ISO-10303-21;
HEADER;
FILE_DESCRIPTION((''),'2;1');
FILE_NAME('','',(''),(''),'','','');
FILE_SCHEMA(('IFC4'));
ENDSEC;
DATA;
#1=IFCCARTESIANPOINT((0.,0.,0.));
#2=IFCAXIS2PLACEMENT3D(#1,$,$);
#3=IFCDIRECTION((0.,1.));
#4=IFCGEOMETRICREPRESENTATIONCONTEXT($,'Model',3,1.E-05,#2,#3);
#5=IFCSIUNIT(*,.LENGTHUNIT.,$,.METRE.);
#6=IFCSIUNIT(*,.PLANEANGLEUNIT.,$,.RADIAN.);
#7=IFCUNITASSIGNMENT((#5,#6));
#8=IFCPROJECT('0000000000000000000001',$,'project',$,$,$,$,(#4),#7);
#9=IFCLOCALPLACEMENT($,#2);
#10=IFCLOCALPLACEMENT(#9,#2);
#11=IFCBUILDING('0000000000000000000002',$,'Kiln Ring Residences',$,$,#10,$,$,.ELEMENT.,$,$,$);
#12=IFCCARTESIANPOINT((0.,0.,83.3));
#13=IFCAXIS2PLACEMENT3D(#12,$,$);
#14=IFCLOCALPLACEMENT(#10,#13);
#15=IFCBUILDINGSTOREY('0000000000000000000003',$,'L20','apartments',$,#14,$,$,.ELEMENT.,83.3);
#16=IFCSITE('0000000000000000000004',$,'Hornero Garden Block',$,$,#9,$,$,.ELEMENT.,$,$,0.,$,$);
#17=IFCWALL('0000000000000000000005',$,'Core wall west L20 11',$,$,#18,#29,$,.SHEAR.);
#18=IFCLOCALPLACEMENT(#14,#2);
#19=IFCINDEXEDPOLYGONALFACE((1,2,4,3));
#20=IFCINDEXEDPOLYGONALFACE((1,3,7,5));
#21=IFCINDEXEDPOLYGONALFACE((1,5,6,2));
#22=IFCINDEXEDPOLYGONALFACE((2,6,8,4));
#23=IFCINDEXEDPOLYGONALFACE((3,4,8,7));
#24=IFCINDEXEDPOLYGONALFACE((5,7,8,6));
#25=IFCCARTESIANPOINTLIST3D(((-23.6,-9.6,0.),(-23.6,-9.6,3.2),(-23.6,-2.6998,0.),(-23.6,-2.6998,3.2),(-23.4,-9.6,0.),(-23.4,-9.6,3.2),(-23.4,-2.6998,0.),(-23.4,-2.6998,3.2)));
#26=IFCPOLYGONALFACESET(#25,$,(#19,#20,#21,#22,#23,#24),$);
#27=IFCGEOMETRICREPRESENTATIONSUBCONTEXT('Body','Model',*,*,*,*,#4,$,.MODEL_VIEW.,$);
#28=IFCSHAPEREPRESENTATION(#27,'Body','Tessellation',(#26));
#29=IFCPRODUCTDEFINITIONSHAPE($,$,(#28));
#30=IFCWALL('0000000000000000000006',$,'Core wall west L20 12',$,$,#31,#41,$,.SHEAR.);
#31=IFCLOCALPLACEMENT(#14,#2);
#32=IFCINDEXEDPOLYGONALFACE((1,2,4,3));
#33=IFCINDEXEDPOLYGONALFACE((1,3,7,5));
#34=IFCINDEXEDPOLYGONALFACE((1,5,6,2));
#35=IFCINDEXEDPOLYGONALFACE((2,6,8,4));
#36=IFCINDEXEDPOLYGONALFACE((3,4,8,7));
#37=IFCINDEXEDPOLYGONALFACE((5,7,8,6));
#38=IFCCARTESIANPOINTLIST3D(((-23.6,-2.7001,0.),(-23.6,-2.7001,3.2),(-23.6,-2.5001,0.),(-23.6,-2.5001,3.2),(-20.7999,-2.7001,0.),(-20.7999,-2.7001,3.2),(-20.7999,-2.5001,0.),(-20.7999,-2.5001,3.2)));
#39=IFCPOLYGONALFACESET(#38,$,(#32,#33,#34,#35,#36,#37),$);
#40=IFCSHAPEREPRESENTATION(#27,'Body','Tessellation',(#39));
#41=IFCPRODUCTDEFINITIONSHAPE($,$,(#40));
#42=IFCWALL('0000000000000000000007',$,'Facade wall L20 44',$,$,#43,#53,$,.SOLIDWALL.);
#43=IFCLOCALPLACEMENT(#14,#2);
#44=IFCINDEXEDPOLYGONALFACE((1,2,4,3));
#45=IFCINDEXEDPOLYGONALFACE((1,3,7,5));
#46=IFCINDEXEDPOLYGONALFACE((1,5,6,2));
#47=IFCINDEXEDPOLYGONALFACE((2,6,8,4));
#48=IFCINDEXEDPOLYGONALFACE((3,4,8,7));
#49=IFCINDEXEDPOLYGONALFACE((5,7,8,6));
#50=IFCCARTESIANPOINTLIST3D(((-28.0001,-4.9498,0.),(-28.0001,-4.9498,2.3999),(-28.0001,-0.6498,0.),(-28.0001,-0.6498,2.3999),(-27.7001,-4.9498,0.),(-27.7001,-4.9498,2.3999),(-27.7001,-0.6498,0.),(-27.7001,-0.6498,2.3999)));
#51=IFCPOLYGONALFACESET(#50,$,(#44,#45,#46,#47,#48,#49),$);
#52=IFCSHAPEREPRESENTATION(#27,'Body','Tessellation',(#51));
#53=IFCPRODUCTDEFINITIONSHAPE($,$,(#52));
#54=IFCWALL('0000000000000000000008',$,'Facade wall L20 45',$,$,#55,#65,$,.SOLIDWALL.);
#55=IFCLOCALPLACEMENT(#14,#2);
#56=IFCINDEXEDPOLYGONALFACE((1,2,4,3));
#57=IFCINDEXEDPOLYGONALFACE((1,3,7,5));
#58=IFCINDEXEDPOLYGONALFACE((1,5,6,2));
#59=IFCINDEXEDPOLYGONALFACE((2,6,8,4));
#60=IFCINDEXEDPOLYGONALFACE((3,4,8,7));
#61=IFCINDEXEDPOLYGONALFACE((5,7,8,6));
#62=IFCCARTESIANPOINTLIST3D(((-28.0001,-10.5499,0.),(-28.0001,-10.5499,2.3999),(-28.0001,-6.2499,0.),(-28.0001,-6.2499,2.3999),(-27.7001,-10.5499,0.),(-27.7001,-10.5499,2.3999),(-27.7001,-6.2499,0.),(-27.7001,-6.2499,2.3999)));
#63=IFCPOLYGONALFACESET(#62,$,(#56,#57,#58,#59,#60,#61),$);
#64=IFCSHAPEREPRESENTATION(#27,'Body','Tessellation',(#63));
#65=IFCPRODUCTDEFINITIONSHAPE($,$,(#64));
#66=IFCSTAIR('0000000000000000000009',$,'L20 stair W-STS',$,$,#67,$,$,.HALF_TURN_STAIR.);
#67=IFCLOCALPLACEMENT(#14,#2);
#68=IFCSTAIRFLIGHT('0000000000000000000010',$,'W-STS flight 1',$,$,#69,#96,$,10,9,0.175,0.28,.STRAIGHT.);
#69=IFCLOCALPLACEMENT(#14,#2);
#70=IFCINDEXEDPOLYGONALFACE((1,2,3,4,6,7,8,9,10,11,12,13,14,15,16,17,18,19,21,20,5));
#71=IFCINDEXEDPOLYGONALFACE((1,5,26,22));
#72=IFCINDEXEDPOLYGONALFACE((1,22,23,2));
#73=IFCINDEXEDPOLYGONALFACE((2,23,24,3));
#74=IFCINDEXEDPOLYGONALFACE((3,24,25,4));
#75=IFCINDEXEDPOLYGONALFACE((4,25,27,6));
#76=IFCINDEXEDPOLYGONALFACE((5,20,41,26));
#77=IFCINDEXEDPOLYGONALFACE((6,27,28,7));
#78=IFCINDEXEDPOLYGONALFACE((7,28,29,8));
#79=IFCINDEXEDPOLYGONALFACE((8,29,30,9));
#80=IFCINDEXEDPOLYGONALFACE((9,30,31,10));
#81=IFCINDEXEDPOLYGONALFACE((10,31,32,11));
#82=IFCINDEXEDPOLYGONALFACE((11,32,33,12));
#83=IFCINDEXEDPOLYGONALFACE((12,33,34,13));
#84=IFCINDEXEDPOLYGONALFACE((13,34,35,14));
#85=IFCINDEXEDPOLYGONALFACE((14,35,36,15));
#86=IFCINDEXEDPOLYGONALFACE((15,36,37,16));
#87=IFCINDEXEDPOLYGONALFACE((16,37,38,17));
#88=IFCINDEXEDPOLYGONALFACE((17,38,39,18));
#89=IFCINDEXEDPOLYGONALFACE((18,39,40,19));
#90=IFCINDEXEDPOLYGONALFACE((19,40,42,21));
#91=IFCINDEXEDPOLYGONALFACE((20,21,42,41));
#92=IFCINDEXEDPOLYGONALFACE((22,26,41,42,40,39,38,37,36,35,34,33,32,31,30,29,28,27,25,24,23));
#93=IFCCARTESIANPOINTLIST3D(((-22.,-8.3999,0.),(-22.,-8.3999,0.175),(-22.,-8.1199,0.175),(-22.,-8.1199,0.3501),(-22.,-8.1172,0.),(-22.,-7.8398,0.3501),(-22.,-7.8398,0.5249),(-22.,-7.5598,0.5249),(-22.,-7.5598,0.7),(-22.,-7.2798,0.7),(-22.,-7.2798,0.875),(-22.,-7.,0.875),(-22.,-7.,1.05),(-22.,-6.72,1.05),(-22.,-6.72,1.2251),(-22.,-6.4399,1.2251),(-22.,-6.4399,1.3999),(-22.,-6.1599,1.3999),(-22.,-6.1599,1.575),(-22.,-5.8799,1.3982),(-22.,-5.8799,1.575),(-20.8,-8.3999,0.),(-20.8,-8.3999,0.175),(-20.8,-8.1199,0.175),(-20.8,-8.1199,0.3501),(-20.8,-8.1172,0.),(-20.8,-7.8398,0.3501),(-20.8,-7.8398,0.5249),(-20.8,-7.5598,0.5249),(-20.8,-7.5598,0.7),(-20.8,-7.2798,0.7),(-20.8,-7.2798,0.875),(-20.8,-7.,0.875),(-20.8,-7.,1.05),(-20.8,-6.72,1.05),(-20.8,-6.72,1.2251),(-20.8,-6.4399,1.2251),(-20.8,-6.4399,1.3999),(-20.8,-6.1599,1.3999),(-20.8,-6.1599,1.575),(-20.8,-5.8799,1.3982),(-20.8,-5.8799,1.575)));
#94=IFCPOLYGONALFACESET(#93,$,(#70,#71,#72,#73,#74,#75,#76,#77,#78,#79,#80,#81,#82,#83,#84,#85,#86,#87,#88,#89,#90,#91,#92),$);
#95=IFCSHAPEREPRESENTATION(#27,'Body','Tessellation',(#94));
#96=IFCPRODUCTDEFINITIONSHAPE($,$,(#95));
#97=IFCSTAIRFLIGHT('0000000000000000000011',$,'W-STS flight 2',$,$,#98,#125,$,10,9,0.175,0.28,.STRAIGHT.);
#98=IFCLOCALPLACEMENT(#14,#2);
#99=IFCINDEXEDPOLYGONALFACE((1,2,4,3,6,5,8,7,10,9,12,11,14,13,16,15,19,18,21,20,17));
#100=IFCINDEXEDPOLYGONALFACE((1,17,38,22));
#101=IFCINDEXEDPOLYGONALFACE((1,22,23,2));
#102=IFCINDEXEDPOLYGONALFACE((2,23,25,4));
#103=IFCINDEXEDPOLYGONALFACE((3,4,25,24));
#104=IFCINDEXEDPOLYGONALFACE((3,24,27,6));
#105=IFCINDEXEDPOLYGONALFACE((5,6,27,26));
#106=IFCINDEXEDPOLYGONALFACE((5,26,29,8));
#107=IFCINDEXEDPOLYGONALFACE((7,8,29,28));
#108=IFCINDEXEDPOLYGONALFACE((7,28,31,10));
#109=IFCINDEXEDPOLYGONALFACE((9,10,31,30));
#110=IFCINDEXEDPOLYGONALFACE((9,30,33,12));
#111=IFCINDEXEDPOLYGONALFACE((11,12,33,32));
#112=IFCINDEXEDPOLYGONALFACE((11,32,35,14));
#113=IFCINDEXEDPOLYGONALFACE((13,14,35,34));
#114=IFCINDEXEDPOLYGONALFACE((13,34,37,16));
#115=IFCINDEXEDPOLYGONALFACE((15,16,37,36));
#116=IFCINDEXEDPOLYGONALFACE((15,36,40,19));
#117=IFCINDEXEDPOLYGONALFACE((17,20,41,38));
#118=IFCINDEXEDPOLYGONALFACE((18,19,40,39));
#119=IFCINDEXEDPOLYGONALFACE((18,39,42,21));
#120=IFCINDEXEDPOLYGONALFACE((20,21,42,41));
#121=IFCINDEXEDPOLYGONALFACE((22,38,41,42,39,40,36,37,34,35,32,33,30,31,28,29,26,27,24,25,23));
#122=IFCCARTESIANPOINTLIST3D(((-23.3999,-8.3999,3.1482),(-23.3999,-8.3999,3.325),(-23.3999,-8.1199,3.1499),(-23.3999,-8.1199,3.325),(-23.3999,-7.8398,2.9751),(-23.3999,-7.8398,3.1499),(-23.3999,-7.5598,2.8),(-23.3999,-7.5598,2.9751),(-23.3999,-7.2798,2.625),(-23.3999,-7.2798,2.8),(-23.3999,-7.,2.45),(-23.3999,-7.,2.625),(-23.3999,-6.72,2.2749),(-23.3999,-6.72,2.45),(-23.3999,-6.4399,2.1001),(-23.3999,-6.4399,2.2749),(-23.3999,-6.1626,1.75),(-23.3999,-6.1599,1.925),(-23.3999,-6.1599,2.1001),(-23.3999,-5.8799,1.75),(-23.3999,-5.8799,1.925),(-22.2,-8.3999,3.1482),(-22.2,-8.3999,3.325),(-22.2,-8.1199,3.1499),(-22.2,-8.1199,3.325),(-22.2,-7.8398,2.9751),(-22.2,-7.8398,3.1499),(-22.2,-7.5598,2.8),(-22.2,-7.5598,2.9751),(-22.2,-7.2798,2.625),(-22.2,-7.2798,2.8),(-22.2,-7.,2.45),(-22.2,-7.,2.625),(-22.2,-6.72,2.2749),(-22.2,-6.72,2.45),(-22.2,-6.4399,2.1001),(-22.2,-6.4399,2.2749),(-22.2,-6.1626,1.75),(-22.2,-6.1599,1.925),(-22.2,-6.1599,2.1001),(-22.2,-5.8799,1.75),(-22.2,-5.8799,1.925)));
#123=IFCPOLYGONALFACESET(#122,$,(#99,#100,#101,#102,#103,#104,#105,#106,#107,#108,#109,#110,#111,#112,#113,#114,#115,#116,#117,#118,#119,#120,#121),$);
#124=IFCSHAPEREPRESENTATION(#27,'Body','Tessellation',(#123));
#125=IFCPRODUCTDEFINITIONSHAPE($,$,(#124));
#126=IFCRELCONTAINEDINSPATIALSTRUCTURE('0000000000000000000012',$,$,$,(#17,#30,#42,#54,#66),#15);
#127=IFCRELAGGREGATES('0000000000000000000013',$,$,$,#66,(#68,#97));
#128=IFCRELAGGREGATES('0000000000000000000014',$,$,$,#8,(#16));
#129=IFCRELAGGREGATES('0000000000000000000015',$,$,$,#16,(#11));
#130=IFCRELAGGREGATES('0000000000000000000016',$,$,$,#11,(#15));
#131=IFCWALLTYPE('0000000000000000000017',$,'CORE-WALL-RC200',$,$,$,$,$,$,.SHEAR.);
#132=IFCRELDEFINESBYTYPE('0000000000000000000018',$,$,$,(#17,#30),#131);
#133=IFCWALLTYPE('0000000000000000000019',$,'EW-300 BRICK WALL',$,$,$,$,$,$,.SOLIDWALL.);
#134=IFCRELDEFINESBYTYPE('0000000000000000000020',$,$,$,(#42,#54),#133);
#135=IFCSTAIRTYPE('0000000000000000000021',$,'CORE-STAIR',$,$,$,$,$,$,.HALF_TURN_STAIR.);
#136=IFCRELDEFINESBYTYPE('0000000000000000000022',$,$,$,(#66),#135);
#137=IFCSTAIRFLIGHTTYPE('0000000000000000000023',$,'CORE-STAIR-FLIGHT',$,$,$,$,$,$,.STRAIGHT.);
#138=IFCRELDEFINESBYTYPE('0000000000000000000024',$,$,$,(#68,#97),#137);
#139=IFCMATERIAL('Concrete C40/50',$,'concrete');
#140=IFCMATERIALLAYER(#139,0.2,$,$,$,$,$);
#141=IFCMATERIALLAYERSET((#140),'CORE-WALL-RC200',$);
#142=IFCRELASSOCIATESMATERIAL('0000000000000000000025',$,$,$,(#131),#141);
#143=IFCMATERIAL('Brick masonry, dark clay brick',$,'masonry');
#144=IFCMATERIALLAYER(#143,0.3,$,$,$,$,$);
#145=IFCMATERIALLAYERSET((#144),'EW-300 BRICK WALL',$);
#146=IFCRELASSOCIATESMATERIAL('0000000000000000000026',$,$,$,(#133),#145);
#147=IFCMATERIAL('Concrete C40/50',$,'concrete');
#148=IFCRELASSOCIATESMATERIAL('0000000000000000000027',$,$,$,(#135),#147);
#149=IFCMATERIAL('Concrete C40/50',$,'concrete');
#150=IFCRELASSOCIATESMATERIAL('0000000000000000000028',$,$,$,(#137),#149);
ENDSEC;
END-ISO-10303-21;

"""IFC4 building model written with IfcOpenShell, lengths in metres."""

from ifc_helpers import new_model, si_unit, direction, frame, frame_2d, origin, place, context, subcontext, project, spatial, polyline, rectangle, outline, extrude, material, layer, layer_set, type_object, element, aggregate, save


model = new_model("IFC4")

# Units and contexts
model_context = context("Model", 3, precision=1e-05, world=origin(), true_north=direction((0.0, 1.0)))
body_context = subcontext(model_context, "Body", "Model", "MODEL_VIEW")
ifc_project = project(units=[si_unit("LENGTHUNIT", "METRE"), si_unit("PLANEANGLEUNIT", "RADIAN")], contexts=[model_context])

# Site, building, storey
site_placement = place(None, origin())
site = spatial("IfcSite", under=ifc_project, at=site_placement, Name="Hornero Garden Block", CompositionType="ELEMENT", RefElevation=0.0)
building_placement = place(site_placement, origin())
building = spatial("IfcBuilding", under=site, at=building_placement, Name="Kiln Ring Residences", CompositionType="ELEMENT")
storey_placement = place(building_placement, frame((0.0, 0.0, 83.3)))
storey = spatial("IfcBuildingStorey", under=building, at=storey_placement, Name="L20", Description="apartments", CompositionType="ELEMENT", Elevation=83.3)

# Walls
ifc_material_1 = material(Name="Concrete C40/50", Category="concrete")
ifc_layer_1 = layer(ifc_material_1, 0.2)
ifc_layer_set_1 = layer_set([ifc_layer_1], Name="CORE-WALL-RC200")
wall_type_1 = type_object("IfcWallType", Name="CORE-WALL-RC200", PredefinedType="SHEAR", material=ifc_layer_set_1)
wall_1_placement = place(storey_placement, frame((-23.5, -9.6001, 0.0), z_axis=(0.0, 0.0, 1.0), x_axis=(0.0, 1.0, 0.0)))
element("IfcWall", 1, at=wall_1_placement, inside=storey, type_object=wall_type_1, Name="Core wall west L20 11", PredefinedType="SHEAR", context=body_context, shape_type="SweptSolid", body=[
    extrude(rectangle(XDim=6.9001, YDim=0.2, at=frame_2d((3.4502, 0.0))), origin(), (0.0, 0.0, 1.0), 3.2),
])
wall_2_placement = place(storey_placement, frame((-20.8, -2.6001, 0.0), z_axis=(0.0, 0.0, 1.0), x_axis=(-1.0, 0.0, 0.0)))
element("IfcWall", 2, at=wall_2_placement, inside=storey, type_object=wall_type_1, Name="Core wall west L20 12", PredefinedType="SHEAR", context=body_context, shape_type="SweptSolid", body=[
    extrude(rectangle(XDim=2.8, YDim=0.2, at=frame_2d((1.3999, 0.0))), origin(), (0.0, 0.0, 1.0), 3.2),
])
ifc_material_2 = material(Name="Brick masonry, dark clay brick", Category="masonry")
ifc_layer_2 = layer(ifc_material_2, 0.3)
ifc_layer_set_2 = layer_set([ifc_layer_2], Name="EW-300 BRICK WALL")
wall_type_2 = type_object("IfcWallType", Name="EW-300 BRICK WALL", PredefinedType="SOLIDWALL", material=ifc_layer_set_2)
for number, where, z_axis, x_axis, name in (
    (3, (-27.8501, -0.6499, 0.0), (0.0, 0.0, 1.0), (0.0, -1.0, 0.0), "Facade wall L20 44"),
    (4, (-27.8501, -6.25, 0.0), (0.0, 0.0, 1.0), (0.0, -1.0, 0.0), "Facade wall L20 45"),
):
    element("IfcWall", number, at=place(storey_placement, frame(where, z_axis=z_axis, x_axis=x_axis)), inside=storey, type_object=wall_type_2, Name=name, PredefinedType="SOLIDWALL", context=body_context, shape_type="SweptSolid", body=[
        extrude(rectangle(XDim=4.3, YDim=0.3, at=frame_2d((2.1499, 0.0))), origin(), (0.0, 0.0, 1.0), 2.3999),
    ])

# Stair, stair flights
ifc_material_3 = material(Name="Concrete C40/50", Category="concrete")
stair_type = type_object("IfcStairType", Name="CORE-STAIR", PredefinedType="HALF_TURN_STAIR", material=ifc_material_3)
stair_placement = place(storey_placement, origin())
stair = element("IfcStair", 5, at=stair_placement, inside=storey, type_object=stair_type, Name="L20 stair W-STS", PredefinedType="HALF_TURN_STAIR")
ifc_material_4 = material(Name="Concrete C40/50", Category="concrete")
stair_flight_type = type_object("IfcStairFlightType", Name="CORE-STAIR-FLIGHT", PredefinedType="STRAIGHT", material=ifc_material_4)
stair_flight_1_placement = place(storey_placement, frame((-21.3999, -8.3999, 0.0), z_axis=(0.0, 0.0, 1.0), x_axis=(0.0, 1.0, 0.0)))
stair_flight_1 = element("IfcStairFlight", 6, at=stair_flight_1_placement, type_object=stair_flight_type, Name="W-STS flight 1", NumberOfRisers=10, NumberOfTreads=9, PredefinedType="STRAIGHT", RiserHeight=0.175, TreadLength=0.28, context=body_context, shape_type="SweptSolid", body=[
    extrude(outline(polyline([(0.0, 0.0), (0.0, 0.175), (0.28, 0.175), (0.28, 0.3501), (0.5601, 0.3501), (0.5601, 0.5249), (0.8401, 0.5249), (0.8401, 0.7), (1.1201, 0.7), (1.1201, 0.875), (1.3999, 0.875), (1.3999, 1.05), (1.6799, 1.05), (1.6799, 1.2251), (1.96, 1.2251), (1.96, 1.3999), (2.24, 1.3999), (2.24, 1.575), (2.52, 1.575), (2.52, 1.75), (2.52, 1.3982), (0.2827, 0.0), (0.0, 0.0)])), frame((0.0, 0.6001, 0.0), z_axis=(0.0, -1.0, 0.0), x_axis=(1.0, 0.0, 0.0)), (0.0, 0.0, 1.0), 1.2),
])
stair_flight_2_placement = place(storey_placement, frame((-22.8, -5.8799, 1.75), z_axis=(0.0, 0.0, 1.0), x_axis=(0.0, -1.0, 0.0)))
stair_flight_2 = element("IfcStairFlight", 7, at=stair_flight_2_placement, type_object=stair_flight_type, Name="W-STS flight 2", NumberOfRisers=10, NumberOfTreads=9, PredefinedType="STRAIGHT", RiserHeight=0.175, TreadLength=0.28, context=body_context, shape_type="SweptSolid", body=[
    extrude(outline(polyline([(0.0, 0.0), (0.0, 0.175), (0.28, 0.175), (0.28, 0.3501), (0.5601, 0.3501), (0.5601, 0.5249), (0.8401, 0.5249), (0.8401, 0.7), (1.1201, 0.7), (1.1201, 0.875), (1.3999, 0.875), (1.3999, 1.05), (1.6799, 1.05), (1.6799, 1.2251), (1.96, 1.2251), (1.96, 1.3999), (2.24, 1.3999), (2.24, 1.575), (2.52, 1.575), (2.52, 1.75), (2.52, 1.3982), (0.2827, 0.0), (0.0, 0.0)])), frame((0.0, 0.6001, 0.0), z_axis=(0.0, -1.0, 0.0), x_axis=(1.0, 0.0, 0.0)), (0.0, 0.0, 1.0), 1.2),
])
aggregate(stair, [stair_flight_1, stair_flight_2])

save(model, "model.ifc")
